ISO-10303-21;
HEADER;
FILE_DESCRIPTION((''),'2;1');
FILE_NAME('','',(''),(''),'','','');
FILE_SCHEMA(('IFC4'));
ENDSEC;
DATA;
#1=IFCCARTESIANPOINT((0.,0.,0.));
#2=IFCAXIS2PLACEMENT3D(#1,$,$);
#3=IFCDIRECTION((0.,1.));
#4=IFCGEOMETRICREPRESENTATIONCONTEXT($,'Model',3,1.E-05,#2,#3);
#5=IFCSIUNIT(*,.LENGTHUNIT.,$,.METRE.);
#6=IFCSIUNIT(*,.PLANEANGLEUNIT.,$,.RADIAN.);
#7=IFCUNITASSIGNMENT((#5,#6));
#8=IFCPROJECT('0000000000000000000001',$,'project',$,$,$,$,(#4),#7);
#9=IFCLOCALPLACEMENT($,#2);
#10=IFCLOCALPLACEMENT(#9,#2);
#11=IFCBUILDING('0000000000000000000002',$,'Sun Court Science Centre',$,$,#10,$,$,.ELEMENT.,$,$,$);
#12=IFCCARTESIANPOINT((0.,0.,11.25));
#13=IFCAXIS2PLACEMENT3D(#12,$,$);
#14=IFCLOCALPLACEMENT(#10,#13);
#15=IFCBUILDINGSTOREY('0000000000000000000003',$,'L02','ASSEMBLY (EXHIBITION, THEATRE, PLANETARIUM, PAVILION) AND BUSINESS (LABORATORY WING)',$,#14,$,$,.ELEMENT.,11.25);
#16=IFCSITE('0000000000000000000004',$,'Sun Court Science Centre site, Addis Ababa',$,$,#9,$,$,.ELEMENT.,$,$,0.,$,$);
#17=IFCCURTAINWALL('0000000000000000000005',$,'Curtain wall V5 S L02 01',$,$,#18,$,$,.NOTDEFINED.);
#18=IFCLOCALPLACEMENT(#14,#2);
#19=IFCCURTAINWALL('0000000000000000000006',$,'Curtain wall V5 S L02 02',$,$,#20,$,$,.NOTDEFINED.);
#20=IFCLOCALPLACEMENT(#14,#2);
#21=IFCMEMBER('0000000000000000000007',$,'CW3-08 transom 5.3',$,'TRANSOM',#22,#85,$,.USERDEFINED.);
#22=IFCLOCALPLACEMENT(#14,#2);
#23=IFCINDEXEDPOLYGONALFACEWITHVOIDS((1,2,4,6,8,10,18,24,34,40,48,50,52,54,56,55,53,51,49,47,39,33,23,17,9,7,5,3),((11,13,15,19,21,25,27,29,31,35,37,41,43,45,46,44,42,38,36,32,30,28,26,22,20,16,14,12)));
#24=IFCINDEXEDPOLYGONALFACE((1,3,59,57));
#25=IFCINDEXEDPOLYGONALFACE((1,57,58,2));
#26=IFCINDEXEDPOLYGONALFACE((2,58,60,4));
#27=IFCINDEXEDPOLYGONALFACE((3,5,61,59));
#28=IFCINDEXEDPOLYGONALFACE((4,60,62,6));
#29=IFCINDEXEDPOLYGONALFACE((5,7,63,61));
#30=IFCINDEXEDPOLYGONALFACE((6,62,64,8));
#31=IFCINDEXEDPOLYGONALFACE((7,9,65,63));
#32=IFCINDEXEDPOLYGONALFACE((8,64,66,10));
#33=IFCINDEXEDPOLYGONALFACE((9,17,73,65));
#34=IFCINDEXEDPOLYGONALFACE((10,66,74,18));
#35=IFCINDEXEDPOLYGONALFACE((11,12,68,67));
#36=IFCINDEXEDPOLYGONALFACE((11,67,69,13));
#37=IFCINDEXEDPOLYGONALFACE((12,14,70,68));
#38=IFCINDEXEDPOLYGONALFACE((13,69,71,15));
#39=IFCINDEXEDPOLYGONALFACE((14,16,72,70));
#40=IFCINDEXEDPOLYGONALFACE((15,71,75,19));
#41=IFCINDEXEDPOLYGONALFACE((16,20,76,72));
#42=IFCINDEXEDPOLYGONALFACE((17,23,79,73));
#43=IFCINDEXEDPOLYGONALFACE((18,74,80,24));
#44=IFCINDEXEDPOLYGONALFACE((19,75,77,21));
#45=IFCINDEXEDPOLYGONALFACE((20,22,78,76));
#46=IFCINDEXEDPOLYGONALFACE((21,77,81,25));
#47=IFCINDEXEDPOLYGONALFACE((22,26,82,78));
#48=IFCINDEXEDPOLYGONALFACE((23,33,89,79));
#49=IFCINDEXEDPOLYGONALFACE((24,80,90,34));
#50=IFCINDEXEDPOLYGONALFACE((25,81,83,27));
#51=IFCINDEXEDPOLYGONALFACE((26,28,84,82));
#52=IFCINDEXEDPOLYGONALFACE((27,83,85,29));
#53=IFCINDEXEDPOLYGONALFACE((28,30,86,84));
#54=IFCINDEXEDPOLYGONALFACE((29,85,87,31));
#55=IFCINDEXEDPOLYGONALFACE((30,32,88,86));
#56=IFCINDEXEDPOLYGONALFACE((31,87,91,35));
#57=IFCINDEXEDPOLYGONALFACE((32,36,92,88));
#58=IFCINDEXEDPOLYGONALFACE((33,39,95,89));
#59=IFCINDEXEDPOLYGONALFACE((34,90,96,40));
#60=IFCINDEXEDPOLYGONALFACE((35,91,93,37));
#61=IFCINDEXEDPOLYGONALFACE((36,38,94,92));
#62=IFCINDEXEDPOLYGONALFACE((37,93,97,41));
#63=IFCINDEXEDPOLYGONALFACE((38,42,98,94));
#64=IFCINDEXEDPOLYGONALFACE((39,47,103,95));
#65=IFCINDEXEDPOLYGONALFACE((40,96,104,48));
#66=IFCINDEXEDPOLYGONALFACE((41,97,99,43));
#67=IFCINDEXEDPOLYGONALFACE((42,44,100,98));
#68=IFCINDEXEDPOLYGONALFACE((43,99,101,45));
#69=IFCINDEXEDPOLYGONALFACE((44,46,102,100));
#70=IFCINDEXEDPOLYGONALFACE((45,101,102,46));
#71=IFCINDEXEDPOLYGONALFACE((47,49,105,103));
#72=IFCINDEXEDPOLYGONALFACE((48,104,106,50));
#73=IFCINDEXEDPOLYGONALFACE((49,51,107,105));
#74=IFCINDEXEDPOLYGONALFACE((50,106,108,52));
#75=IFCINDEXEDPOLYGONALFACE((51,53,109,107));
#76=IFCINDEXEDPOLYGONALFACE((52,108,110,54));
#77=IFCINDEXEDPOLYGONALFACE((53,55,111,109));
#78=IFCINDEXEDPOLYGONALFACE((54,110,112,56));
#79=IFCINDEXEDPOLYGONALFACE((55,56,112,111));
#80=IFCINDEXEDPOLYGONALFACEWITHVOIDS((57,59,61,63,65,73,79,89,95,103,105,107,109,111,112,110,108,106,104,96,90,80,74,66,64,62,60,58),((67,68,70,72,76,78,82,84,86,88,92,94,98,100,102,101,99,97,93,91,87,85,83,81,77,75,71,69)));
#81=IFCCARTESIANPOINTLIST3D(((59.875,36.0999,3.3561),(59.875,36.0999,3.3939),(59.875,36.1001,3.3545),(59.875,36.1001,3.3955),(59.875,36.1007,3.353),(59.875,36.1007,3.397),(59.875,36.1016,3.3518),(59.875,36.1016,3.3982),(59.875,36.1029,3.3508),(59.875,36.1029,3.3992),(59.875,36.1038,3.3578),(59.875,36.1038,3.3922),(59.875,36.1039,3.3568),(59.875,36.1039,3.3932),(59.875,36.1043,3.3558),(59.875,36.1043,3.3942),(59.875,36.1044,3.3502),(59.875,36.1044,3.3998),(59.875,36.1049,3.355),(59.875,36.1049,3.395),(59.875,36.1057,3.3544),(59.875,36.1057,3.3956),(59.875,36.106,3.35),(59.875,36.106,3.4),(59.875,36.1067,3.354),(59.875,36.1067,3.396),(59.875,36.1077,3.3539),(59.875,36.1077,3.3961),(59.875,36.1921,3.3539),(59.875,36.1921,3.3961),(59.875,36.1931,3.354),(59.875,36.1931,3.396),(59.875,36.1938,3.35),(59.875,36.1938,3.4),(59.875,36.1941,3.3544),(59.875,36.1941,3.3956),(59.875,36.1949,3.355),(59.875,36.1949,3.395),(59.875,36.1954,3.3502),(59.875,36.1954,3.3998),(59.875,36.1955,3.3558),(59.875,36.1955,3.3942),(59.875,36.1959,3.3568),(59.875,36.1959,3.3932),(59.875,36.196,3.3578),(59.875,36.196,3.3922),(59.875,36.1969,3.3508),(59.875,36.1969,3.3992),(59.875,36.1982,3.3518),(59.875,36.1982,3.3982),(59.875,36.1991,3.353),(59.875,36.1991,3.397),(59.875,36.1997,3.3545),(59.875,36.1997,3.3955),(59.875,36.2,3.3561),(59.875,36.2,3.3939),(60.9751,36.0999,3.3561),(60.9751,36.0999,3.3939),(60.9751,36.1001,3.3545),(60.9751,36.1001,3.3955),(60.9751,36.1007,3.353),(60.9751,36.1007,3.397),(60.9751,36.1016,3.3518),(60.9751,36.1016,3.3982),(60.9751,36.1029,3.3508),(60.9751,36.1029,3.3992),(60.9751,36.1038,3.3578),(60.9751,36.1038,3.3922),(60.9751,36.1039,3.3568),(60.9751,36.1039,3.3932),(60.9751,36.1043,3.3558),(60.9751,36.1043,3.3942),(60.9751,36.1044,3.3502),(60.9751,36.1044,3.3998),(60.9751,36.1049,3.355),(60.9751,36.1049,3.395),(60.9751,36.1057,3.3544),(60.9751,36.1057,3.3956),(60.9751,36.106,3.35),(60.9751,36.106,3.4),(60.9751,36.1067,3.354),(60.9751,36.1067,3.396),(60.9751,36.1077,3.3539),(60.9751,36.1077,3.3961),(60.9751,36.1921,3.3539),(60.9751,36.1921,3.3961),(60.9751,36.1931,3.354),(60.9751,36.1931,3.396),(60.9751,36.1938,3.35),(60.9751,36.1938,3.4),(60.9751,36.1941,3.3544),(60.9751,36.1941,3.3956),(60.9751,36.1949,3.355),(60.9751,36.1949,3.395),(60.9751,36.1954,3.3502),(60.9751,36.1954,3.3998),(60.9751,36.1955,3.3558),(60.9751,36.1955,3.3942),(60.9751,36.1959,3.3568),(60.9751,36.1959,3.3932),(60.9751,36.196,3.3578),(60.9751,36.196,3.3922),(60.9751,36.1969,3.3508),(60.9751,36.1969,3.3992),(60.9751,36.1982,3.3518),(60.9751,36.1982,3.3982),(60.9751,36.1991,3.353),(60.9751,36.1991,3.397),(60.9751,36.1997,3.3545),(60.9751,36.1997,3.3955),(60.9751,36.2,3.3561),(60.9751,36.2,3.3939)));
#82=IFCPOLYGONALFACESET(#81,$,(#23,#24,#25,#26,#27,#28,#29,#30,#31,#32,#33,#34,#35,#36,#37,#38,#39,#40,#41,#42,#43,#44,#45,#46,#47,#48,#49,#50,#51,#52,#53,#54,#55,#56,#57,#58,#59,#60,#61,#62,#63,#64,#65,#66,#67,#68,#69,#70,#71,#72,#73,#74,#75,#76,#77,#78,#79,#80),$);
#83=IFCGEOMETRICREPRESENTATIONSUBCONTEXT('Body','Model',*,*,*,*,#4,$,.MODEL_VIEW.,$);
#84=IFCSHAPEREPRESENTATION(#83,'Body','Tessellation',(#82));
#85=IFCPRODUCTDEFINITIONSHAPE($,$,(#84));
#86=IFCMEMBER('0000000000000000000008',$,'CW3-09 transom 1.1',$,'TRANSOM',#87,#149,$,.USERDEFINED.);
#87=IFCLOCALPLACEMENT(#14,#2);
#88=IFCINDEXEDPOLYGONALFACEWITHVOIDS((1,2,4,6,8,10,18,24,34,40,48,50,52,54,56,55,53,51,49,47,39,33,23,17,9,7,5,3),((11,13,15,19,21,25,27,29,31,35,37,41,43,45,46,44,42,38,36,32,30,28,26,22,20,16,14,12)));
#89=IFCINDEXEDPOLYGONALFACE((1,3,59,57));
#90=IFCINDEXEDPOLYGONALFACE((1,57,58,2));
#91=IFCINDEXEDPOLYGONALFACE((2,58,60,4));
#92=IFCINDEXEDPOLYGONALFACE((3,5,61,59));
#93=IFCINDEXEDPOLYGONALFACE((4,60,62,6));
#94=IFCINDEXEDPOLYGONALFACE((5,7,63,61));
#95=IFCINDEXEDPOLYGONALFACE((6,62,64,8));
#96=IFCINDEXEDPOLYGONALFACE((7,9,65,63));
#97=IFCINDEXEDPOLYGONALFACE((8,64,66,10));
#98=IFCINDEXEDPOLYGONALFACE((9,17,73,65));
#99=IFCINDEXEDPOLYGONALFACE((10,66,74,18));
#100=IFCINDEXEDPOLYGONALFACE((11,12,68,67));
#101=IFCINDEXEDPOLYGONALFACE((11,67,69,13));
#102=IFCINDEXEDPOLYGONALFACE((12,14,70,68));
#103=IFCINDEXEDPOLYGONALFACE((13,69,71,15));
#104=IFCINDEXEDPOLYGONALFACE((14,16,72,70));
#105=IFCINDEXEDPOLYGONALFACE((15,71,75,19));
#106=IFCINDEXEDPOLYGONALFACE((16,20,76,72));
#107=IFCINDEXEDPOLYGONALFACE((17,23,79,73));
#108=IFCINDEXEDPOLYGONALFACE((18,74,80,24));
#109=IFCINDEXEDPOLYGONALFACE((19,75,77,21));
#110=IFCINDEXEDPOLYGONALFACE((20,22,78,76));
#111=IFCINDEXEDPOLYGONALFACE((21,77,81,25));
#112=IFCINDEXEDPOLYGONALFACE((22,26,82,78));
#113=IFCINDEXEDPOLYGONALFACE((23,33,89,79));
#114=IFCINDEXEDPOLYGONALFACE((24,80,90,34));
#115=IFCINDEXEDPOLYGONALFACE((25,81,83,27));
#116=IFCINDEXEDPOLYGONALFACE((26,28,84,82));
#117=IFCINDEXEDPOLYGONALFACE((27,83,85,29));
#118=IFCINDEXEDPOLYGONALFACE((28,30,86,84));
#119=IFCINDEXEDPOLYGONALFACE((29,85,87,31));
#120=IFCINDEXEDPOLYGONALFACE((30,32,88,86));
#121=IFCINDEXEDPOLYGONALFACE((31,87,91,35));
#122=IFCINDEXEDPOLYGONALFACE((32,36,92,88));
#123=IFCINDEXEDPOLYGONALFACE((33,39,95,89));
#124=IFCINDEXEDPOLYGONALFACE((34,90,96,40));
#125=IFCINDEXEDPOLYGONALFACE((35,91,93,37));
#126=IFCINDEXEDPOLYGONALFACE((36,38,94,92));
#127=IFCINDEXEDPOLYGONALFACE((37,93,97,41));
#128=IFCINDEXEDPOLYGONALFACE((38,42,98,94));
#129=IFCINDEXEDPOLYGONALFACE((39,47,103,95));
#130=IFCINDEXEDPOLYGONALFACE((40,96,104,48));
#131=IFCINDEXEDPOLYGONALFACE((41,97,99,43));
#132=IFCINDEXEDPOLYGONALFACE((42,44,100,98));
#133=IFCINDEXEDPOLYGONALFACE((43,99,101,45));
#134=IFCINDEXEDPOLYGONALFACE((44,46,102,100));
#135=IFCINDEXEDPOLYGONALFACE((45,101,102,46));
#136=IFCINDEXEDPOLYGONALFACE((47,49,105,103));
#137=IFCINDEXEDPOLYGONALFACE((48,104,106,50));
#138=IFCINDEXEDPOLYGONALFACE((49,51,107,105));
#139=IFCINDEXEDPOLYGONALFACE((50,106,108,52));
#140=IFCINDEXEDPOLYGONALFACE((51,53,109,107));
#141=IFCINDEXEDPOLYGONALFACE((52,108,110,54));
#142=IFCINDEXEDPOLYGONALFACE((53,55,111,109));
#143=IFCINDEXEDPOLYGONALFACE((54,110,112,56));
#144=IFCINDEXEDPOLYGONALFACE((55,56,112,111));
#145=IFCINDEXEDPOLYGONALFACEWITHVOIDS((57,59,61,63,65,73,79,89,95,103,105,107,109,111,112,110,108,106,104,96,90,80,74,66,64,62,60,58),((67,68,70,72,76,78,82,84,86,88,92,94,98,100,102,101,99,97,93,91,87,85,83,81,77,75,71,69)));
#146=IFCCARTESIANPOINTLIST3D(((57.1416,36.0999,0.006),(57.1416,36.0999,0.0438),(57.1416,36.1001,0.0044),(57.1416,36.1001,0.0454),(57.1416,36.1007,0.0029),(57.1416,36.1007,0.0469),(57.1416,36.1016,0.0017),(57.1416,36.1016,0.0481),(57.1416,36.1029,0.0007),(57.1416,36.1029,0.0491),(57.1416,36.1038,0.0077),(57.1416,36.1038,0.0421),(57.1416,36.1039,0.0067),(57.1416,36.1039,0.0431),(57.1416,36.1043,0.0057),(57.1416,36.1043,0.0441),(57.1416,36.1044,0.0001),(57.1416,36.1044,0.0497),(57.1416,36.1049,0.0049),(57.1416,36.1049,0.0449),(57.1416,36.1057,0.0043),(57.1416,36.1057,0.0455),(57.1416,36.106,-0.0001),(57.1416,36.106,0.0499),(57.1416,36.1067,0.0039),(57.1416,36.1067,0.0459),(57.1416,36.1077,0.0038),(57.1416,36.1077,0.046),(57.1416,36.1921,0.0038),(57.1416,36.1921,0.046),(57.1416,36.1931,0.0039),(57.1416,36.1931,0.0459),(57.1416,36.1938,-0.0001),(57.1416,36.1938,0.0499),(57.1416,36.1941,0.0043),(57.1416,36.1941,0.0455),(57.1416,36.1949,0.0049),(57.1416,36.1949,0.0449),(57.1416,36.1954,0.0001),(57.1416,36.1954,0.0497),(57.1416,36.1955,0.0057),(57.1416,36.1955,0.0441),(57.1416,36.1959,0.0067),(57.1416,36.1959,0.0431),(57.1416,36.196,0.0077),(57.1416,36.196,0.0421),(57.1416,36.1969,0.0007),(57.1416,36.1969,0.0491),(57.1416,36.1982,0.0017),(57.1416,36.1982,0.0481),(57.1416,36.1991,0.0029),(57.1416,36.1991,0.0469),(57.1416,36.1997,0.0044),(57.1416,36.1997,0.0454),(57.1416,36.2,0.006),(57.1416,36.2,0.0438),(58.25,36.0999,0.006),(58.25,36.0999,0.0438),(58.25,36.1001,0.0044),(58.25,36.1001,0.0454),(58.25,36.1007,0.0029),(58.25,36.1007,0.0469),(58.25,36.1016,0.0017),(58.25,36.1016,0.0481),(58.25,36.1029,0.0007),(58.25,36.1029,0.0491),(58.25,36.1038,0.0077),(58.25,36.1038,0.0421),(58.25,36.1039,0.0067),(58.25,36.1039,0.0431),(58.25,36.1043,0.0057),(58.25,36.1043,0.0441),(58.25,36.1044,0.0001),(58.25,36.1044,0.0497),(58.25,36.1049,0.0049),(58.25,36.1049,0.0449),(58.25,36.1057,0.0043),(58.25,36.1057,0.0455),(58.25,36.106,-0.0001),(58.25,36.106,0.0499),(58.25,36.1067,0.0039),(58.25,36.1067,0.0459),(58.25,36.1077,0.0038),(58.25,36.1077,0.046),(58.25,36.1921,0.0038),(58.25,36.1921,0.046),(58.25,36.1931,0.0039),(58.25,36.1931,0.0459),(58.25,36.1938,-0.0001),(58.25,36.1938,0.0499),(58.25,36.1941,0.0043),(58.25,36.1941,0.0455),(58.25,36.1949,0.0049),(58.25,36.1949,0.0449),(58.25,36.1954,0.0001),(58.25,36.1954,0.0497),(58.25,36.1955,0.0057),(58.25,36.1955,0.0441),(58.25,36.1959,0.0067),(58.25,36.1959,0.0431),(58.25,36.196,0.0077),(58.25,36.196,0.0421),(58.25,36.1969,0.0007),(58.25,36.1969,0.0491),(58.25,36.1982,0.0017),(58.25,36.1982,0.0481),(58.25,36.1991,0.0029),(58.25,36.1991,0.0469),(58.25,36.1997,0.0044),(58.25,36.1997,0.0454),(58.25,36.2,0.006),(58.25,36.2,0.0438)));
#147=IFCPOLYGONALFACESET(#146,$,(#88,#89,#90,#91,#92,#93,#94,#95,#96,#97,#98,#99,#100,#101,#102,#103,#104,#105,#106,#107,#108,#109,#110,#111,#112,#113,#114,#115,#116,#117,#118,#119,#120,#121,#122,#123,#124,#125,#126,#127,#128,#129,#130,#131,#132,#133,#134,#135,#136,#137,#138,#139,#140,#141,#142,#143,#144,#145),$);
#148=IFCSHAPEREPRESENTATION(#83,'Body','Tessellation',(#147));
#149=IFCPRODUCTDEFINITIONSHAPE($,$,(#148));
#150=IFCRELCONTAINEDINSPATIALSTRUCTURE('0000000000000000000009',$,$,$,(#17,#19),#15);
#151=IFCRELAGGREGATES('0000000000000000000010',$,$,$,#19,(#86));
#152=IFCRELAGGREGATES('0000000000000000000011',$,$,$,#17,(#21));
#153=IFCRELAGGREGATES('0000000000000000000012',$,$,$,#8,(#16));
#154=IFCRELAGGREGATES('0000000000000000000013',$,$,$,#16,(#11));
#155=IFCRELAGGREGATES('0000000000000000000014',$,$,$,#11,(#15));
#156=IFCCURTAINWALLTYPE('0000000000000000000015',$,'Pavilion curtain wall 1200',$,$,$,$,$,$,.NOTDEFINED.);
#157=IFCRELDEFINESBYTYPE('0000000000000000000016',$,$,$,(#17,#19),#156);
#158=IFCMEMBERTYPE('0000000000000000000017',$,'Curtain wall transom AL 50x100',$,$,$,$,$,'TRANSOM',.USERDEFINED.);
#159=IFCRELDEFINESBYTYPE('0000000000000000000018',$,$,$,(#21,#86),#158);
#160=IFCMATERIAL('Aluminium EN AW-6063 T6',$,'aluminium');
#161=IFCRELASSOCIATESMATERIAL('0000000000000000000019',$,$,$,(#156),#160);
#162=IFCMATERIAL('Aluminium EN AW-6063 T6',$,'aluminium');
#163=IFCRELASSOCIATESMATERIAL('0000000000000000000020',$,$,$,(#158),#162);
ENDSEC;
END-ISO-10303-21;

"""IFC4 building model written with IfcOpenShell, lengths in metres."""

from ifc_helpers import new_model, si_unit, direction, frame, origin, origin_2d, place, context, subcontext, project, spatial, hollow_rectangle, extrude, material, material_profile, profile_set, type_object, element, aggregate, save


model = new_model("IFC4")

# Units and contexts
model_context = context("Model", 3, precision=1e-05, world=origin(), true_north=direction((0.0, 1.0)))
body_context = subcontext(model_context, "Body", "Model", "MODEL_VIEW")
ifc_project = project(units=[si_unit("LENGTHUNIT", "METRE"), si_unit("PLANEANGLEUNIT", "RADIAN")], contexts=[model_context])

# Site, building, storey
site_placement = place(None, origin())
site = spatial("IfcSite", under=ifc_project, at=site_placement, Name="Sun Court Science Centre site, Addis Ababa", CompositionType="ELEMENT", RefElevation=0.0)
building_placement = place(site_placement, origin())
building = spatial("IfcBuilding", under=site, at=building_placement, Name="Sun Court Science Centre", CompositionType="ELEMENT")
storey_placement = place(building_placement, frame((0.0, 0.0, 11.25)))
storey = spatial("IfcBuildingStorey", under=building, at=storey_placement, Name="L02", Description="ASSEMBLY (EXHIBITION, THEATRE, PLANETARIUM, PAVILION) AND BUSINESS (LABORATORY WING)", CompositionType="ELEMENT", Elevation=11.25)

# Curtain wall
ifc_material_1 = material(Name="Aluminium EN AW-6063 T6", Category="aluminium")
curtain_wall_type_1 = type_object("IfcCurtainWallType", Name="Pavilion curtain wall 1200", PredefinedType="NOTDEFINED", material=ifc_material_1)
curtain_wall_1_placement = place(storey_placement, origin())
curtain_wall_1 = element("IfcCurtainWall", 1, at=curtain_wall_1_placement, inside=storey, type_object=curtain_wall_type_1, Name="Curtain wall V5 S L02 01", PredefinedType="NOTDEFINED")

# Curtain wall
curtain_wall_2_placement = place(storey_placement, origin())
curtain_wall_2 = element("IfcCurtainWall", 2, at=curtain_wall_2_placement, inside=storey, type_object=curtain_wall_type_1, Name="Curtain wall V5 S L02 02", PredefinedType="NOTDEFINED")

# Members
ifc_material_2 = material(Name="Aluminium EN AW-6063 T6", Category="aluminium")
ifc_material_profile_1 = material_profile(ifc_material_2, hollow_rectangle(XDim=0.05, YDim=0.1001, WallThickness=0.0039, InnerFilletRadius=0.0039, OuterFilletRadius=0.0061, at=origin_2d()), Name="AL 50x100x4")
ifc_profile_set_1 = profile_set([ifc_material_profile_1], Name="Aluminium EN AW-6063 T6")
member_type_1 = type_object("IfcMemberType", Name="Curtain wall transom AL 50x100", ElementType="TRANSOM", PredefinedType="USERDEFINED", material=ifc_profile_set_1)
member_1_placement = place(storey_placement, frame((60.9751, 36.1499, 3.375), z_axis=(-1.0, 0.0, 0.0), x_axis=(0.0, 0.0, 1.0)))
member_1 = element("IfcMember", 3, at=member_1_placement, type_object=member_type_1, Name="CW3-08 transom 5.3", ObjectType="TRANSOM", PredefinedType="USERDEFINED", context=body_context, shape_type="SweptSolid", body=[
    extrude(hollow_rectangle(XDim=0.05, YDim=0.1001, WallThickness=0.0039, InnerFilletRadius=0.0039, OuterFilletRadius=0.0061, at=origin_2d()), origin(), (0.0, 0.0, 1.0), 1.1001),
])
member_2_placement = place(storey_placement, frame((58.25, 36.1499, 0.0249), z_axis=(-1.0, 0.0, 0.0), x_axis=(0.0, 0.0, 1.0)))
member_2 = element("IfcMember", 4, at=member_2_placement, type_object=member_type_1, Name="CW3-09 transom 1.1", ObjectType="TRANSOM", PredefinedType="USERDEFINED", context=body_context, shape_type="SweptSolid", body=[
    extrude(hollow_rectangle(XDim=0.05, YDim=0.1001, WallThickness=0.0039, InnerFilletRadius=0.0039, OuterFilletRadius=0.0061, at=origin_2d()), origin(), (0.0, 0.0, 1.0), 1.1084),
])
aggregate(curtain_wall_2, [member_2])

aggregate(curtain_wall_1, [member_1])

save(model, "model.ifc")
